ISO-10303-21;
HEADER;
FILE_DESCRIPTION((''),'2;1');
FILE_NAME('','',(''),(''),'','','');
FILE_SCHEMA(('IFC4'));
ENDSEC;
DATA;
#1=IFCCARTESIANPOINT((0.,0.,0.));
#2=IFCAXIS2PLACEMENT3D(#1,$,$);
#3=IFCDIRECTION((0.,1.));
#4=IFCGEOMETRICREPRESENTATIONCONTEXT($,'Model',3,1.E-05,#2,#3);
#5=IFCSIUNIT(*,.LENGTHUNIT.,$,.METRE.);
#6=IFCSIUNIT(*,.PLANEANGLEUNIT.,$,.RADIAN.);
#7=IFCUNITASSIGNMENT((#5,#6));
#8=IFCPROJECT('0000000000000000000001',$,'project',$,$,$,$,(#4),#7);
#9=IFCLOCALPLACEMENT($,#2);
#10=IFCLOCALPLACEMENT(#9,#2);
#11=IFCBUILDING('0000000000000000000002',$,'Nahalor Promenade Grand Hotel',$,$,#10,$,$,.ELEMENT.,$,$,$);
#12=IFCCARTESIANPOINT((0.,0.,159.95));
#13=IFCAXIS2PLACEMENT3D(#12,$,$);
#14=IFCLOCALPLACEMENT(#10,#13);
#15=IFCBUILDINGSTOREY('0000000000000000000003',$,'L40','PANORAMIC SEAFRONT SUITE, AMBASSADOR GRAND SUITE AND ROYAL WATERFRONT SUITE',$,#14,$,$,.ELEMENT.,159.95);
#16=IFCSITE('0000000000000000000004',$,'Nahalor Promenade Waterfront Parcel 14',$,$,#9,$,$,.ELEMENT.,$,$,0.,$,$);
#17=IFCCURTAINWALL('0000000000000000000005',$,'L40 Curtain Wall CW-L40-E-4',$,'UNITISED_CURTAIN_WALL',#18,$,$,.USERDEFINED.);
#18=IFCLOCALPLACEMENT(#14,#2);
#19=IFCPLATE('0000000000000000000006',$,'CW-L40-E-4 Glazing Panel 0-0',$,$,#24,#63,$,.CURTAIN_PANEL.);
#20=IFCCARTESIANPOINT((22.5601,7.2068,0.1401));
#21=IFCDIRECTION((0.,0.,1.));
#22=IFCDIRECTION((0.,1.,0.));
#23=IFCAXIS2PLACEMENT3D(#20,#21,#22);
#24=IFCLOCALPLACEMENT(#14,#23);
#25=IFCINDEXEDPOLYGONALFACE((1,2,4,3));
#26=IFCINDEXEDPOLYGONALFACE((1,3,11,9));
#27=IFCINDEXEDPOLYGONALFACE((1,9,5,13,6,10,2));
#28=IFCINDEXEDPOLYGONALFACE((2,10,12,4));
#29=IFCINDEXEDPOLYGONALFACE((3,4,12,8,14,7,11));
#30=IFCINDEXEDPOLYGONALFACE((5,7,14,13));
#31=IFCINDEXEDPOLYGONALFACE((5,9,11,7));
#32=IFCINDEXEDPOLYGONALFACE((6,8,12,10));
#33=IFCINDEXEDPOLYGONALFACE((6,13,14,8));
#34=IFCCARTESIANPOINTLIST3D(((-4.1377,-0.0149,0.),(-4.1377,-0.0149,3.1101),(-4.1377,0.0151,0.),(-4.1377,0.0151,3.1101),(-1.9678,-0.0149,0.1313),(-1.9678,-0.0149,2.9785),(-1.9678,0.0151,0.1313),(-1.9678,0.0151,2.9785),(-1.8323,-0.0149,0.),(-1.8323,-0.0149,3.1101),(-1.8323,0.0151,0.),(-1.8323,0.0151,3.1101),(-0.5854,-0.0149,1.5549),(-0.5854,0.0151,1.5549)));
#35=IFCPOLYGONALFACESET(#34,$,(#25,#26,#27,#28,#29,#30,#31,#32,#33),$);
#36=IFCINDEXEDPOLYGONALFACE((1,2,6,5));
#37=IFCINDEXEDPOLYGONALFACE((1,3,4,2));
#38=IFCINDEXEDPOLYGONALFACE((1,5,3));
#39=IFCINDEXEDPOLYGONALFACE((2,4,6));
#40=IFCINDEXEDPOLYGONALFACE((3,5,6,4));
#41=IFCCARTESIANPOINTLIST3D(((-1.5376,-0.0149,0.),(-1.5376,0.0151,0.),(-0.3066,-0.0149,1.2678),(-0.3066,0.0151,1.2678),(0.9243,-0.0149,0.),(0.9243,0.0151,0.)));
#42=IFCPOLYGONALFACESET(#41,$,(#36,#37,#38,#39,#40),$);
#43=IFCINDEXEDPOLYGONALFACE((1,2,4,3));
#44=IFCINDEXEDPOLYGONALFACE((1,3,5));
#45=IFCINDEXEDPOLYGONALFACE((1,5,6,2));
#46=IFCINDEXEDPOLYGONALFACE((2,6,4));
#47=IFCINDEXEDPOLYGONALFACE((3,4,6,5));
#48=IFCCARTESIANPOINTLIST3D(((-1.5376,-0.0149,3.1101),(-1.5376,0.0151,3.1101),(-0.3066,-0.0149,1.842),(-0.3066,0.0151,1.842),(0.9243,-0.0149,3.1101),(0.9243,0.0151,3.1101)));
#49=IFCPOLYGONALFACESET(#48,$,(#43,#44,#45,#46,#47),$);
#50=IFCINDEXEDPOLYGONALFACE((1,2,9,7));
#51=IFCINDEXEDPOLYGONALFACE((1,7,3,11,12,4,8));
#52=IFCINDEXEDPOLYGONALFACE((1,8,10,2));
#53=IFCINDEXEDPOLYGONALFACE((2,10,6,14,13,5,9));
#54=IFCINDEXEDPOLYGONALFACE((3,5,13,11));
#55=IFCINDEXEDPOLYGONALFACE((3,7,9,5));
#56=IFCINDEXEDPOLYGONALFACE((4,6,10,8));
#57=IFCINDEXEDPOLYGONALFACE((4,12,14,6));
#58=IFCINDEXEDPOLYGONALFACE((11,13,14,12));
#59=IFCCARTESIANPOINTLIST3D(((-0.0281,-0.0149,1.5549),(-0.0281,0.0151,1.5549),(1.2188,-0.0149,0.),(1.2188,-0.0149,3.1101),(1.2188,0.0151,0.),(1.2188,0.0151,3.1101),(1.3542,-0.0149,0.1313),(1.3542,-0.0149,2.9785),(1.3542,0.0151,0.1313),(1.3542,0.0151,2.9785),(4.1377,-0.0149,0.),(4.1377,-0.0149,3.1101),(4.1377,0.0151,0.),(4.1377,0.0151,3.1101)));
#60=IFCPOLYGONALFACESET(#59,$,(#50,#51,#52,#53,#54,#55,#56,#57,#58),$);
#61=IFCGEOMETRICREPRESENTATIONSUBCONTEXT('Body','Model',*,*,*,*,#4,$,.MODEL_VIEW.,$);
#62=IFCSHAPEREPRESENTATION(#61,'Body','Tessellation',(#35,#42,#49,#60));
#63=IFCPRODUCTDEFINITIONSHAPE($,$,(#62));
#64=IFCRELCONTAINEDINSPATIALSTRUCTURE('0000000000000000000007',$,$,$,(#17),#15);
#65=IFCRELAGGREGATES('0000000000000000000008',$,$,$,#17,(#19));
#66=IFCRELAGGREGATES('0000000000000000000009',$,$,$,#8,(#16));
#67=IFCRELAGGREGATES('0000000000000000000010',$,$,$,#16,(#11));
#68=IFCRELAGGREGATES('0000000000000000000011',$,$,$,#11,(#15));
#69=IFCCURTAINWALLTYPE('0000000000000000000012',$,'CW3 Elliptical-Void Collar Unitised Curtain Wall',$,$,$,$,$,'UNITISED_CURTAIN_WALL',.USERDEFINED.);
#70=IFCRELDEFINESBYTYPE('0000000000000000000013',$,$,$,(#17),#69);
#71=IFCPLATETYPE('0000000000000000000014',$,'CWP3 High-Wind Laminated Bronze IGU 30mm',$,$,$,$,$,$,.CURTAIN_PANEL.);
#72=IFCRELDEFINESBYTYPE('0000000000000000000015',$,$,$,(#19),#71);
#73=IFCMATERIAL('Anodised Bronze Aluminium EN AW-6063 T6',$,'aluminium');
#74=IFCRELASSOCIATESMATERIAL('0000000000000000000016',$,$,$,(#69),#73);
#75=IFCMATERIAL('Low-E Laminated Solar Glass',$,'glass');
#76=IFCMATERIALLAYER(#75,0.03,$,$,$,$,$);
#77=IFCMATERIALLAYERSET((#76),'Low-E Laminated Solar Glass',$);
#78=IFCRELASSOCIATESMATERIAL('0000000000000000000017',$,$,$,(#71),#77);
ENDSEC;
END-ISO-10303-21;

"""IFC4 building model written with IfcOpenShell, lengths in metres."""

from ifc_helpers import new_model, si_unit, direction, frame, origin, place, context, subcontext, project, spatial, polyline, outline, extrude, material, layer, layer_set, type_object, element, aggregate, save


model = new_model("IFC4")

# Units and contexts
model_context = context("Model", 3, precision=1e-05, world=origin(), true_north=direction((0.0, 1.0)))
body_context = subcontext(model_context, "Body", "Model", "MODEL_VIEW")
ifc_project = project(units=[si_unit("LENGTHUNIT", "METRE"), si_unit("PLANEANGLEUNIT", "RADIAN")], contexts=[model_context])

# Site, building, storey
site_placement = place(None, origin())
site = spatial("IfcSite", under=ifc_project, at=site_placement, Name="Nahalor Promenade Waterfront Parcel 14", CompositionType="ELEMENT", RefElevation=0.0)
building_placement = place(site_placement, origin())
building = spatial("IfcBuilding", under=site, at=building_placement, Name="Nahalor Promenade Grand Hotel", CompositionType="ELEMENT")
storey_placement = place(building_placement, frame((0.0, 0.0, 159.95)))
storey = spatial("IfcBuildingStorey", under=building, at=storey_placement, Name="L40", Description="PANORAMIC SEAFRONT SUITE, AMBASSADOR GRAND SUITE AND ROYAL WATERFRONT SUITE", CompositionType="ELEMENT", Elevation=159.95)

# Curtain wall
ifc_material_1 = material(Name="Anodised Bronze Aluminium EN AW-6063 T6", Category="aluminium")
curtain_wall_type = type_object("IfcCurtainWallType", Name="CW3 Elliptical-Void Collar Unitised Curtain Wall", ElementType="UNITISED_CURTAIN_WALL", PredefinedType="USERDEFINED", material=ifc_material_1)
curtain_wall_1_placement = place(storey_placement, origin())
curtain_wall_1 = element("IfcCurtainWall", 1, at=curtain_wall_1_placement, inside=storey, type_object=curtain_wall_type, Name="L40 Curtain Wall CW-L40-E-4", ObjectType="UNITISED_CURTAIN_WALL", PredefinedType="USERDEFINED")

# Plate
ifc_material_2 = material(Name="Low-E Laminated Solar Glass", Category="glass")
ifc_layer_1 = layer(ifc_material_2, 0.03)
ifc_layer_set_1 = layer_set([ifc_layer_1], Name="Low-E Laminated Solar Glass")
plate_type_1 = type_object("IfcPlateType", Name="CWP3 High-Wind Laminated Bronze IGU 30mm", PredefinedType="CURTAIN_PANEL", material=ifc_layer_set_1)
plate_1_placement = place(storey_placement, frame((22.5601, 7.2068, 0.1401), z_axis=(0.0, 0.0, 1.0), x_axis=(0.0, 1.0, 0.0)))
plate_1 = element("IfcPlate", 2, at=plate_1_placement, type_object=plate_type_1, Name="CW-L40-E-4 Glazing Panel 0-0", PredefinedType="CURTAIN_PANEL", context=body_context, shape_type="SweptSolid", body=[
    extrude(outline(polyline([(-4.1377, 3.1101), (-4.1377, 0.0), (-1.8323, 0.0), (-1.9678, 0.1313), (-0.5854, 1.5549), (-1.9678, 2.9785), (-1.8323, 3.1101), (-4.1377, 3.1101)])), frame((0.0, 0.0151, 0.0), z_axis=(0.0, -1.0, 0.0), x_axis=(1.0, 0.0, 0.0)), (0.0, 0.0, 1.0), 0.03),
    extrude(outline(polyline([(-0.3066, 1.2678), (-1.5376, 0.0), (0.9243, 0.0), (-0.3066, 1.2678)])), frame((0.0, 0.0151, 0.0), z_axis=(0.0, -1.0, 0.0), x_axis=(1.0, 0.0, 0.0)), (0.0, 0.0, 1.0), 0.03),
    extrude(outline(polyline([(-0.3066, 1.842), (0.9243, 3.1101), (-1.5376, 3.1101), (-0.3066, 1.842)])), frame((0.0, 0.0151, 0.0), z_axis=(0.0, -1.0, 0.0), x_axis=(1.0, 0.0, 0.0)), (0.0, 0.0, 1.0), 0.03),
    extrude(outline(polyline([(4.1377, 0.0), (4.1377, 3.1101), (1.2188, 3.1101), (1.3542, 2.9785), (-0.0281, 1.5549), (1.3542, 0.1313), (1.2188, 0.0), (4.1377, 0.0)])), frame((0.0, 0.0151, 0.0), z_axis=(0.0, -1.0, 0.0), x_axis=(1.0, 0.0, 0.0)), (0.0, 0.0, 1.0), 0.03),
])
aggregate(curtain_wall_1, [plate_1])

save(model, "model.ifc")
